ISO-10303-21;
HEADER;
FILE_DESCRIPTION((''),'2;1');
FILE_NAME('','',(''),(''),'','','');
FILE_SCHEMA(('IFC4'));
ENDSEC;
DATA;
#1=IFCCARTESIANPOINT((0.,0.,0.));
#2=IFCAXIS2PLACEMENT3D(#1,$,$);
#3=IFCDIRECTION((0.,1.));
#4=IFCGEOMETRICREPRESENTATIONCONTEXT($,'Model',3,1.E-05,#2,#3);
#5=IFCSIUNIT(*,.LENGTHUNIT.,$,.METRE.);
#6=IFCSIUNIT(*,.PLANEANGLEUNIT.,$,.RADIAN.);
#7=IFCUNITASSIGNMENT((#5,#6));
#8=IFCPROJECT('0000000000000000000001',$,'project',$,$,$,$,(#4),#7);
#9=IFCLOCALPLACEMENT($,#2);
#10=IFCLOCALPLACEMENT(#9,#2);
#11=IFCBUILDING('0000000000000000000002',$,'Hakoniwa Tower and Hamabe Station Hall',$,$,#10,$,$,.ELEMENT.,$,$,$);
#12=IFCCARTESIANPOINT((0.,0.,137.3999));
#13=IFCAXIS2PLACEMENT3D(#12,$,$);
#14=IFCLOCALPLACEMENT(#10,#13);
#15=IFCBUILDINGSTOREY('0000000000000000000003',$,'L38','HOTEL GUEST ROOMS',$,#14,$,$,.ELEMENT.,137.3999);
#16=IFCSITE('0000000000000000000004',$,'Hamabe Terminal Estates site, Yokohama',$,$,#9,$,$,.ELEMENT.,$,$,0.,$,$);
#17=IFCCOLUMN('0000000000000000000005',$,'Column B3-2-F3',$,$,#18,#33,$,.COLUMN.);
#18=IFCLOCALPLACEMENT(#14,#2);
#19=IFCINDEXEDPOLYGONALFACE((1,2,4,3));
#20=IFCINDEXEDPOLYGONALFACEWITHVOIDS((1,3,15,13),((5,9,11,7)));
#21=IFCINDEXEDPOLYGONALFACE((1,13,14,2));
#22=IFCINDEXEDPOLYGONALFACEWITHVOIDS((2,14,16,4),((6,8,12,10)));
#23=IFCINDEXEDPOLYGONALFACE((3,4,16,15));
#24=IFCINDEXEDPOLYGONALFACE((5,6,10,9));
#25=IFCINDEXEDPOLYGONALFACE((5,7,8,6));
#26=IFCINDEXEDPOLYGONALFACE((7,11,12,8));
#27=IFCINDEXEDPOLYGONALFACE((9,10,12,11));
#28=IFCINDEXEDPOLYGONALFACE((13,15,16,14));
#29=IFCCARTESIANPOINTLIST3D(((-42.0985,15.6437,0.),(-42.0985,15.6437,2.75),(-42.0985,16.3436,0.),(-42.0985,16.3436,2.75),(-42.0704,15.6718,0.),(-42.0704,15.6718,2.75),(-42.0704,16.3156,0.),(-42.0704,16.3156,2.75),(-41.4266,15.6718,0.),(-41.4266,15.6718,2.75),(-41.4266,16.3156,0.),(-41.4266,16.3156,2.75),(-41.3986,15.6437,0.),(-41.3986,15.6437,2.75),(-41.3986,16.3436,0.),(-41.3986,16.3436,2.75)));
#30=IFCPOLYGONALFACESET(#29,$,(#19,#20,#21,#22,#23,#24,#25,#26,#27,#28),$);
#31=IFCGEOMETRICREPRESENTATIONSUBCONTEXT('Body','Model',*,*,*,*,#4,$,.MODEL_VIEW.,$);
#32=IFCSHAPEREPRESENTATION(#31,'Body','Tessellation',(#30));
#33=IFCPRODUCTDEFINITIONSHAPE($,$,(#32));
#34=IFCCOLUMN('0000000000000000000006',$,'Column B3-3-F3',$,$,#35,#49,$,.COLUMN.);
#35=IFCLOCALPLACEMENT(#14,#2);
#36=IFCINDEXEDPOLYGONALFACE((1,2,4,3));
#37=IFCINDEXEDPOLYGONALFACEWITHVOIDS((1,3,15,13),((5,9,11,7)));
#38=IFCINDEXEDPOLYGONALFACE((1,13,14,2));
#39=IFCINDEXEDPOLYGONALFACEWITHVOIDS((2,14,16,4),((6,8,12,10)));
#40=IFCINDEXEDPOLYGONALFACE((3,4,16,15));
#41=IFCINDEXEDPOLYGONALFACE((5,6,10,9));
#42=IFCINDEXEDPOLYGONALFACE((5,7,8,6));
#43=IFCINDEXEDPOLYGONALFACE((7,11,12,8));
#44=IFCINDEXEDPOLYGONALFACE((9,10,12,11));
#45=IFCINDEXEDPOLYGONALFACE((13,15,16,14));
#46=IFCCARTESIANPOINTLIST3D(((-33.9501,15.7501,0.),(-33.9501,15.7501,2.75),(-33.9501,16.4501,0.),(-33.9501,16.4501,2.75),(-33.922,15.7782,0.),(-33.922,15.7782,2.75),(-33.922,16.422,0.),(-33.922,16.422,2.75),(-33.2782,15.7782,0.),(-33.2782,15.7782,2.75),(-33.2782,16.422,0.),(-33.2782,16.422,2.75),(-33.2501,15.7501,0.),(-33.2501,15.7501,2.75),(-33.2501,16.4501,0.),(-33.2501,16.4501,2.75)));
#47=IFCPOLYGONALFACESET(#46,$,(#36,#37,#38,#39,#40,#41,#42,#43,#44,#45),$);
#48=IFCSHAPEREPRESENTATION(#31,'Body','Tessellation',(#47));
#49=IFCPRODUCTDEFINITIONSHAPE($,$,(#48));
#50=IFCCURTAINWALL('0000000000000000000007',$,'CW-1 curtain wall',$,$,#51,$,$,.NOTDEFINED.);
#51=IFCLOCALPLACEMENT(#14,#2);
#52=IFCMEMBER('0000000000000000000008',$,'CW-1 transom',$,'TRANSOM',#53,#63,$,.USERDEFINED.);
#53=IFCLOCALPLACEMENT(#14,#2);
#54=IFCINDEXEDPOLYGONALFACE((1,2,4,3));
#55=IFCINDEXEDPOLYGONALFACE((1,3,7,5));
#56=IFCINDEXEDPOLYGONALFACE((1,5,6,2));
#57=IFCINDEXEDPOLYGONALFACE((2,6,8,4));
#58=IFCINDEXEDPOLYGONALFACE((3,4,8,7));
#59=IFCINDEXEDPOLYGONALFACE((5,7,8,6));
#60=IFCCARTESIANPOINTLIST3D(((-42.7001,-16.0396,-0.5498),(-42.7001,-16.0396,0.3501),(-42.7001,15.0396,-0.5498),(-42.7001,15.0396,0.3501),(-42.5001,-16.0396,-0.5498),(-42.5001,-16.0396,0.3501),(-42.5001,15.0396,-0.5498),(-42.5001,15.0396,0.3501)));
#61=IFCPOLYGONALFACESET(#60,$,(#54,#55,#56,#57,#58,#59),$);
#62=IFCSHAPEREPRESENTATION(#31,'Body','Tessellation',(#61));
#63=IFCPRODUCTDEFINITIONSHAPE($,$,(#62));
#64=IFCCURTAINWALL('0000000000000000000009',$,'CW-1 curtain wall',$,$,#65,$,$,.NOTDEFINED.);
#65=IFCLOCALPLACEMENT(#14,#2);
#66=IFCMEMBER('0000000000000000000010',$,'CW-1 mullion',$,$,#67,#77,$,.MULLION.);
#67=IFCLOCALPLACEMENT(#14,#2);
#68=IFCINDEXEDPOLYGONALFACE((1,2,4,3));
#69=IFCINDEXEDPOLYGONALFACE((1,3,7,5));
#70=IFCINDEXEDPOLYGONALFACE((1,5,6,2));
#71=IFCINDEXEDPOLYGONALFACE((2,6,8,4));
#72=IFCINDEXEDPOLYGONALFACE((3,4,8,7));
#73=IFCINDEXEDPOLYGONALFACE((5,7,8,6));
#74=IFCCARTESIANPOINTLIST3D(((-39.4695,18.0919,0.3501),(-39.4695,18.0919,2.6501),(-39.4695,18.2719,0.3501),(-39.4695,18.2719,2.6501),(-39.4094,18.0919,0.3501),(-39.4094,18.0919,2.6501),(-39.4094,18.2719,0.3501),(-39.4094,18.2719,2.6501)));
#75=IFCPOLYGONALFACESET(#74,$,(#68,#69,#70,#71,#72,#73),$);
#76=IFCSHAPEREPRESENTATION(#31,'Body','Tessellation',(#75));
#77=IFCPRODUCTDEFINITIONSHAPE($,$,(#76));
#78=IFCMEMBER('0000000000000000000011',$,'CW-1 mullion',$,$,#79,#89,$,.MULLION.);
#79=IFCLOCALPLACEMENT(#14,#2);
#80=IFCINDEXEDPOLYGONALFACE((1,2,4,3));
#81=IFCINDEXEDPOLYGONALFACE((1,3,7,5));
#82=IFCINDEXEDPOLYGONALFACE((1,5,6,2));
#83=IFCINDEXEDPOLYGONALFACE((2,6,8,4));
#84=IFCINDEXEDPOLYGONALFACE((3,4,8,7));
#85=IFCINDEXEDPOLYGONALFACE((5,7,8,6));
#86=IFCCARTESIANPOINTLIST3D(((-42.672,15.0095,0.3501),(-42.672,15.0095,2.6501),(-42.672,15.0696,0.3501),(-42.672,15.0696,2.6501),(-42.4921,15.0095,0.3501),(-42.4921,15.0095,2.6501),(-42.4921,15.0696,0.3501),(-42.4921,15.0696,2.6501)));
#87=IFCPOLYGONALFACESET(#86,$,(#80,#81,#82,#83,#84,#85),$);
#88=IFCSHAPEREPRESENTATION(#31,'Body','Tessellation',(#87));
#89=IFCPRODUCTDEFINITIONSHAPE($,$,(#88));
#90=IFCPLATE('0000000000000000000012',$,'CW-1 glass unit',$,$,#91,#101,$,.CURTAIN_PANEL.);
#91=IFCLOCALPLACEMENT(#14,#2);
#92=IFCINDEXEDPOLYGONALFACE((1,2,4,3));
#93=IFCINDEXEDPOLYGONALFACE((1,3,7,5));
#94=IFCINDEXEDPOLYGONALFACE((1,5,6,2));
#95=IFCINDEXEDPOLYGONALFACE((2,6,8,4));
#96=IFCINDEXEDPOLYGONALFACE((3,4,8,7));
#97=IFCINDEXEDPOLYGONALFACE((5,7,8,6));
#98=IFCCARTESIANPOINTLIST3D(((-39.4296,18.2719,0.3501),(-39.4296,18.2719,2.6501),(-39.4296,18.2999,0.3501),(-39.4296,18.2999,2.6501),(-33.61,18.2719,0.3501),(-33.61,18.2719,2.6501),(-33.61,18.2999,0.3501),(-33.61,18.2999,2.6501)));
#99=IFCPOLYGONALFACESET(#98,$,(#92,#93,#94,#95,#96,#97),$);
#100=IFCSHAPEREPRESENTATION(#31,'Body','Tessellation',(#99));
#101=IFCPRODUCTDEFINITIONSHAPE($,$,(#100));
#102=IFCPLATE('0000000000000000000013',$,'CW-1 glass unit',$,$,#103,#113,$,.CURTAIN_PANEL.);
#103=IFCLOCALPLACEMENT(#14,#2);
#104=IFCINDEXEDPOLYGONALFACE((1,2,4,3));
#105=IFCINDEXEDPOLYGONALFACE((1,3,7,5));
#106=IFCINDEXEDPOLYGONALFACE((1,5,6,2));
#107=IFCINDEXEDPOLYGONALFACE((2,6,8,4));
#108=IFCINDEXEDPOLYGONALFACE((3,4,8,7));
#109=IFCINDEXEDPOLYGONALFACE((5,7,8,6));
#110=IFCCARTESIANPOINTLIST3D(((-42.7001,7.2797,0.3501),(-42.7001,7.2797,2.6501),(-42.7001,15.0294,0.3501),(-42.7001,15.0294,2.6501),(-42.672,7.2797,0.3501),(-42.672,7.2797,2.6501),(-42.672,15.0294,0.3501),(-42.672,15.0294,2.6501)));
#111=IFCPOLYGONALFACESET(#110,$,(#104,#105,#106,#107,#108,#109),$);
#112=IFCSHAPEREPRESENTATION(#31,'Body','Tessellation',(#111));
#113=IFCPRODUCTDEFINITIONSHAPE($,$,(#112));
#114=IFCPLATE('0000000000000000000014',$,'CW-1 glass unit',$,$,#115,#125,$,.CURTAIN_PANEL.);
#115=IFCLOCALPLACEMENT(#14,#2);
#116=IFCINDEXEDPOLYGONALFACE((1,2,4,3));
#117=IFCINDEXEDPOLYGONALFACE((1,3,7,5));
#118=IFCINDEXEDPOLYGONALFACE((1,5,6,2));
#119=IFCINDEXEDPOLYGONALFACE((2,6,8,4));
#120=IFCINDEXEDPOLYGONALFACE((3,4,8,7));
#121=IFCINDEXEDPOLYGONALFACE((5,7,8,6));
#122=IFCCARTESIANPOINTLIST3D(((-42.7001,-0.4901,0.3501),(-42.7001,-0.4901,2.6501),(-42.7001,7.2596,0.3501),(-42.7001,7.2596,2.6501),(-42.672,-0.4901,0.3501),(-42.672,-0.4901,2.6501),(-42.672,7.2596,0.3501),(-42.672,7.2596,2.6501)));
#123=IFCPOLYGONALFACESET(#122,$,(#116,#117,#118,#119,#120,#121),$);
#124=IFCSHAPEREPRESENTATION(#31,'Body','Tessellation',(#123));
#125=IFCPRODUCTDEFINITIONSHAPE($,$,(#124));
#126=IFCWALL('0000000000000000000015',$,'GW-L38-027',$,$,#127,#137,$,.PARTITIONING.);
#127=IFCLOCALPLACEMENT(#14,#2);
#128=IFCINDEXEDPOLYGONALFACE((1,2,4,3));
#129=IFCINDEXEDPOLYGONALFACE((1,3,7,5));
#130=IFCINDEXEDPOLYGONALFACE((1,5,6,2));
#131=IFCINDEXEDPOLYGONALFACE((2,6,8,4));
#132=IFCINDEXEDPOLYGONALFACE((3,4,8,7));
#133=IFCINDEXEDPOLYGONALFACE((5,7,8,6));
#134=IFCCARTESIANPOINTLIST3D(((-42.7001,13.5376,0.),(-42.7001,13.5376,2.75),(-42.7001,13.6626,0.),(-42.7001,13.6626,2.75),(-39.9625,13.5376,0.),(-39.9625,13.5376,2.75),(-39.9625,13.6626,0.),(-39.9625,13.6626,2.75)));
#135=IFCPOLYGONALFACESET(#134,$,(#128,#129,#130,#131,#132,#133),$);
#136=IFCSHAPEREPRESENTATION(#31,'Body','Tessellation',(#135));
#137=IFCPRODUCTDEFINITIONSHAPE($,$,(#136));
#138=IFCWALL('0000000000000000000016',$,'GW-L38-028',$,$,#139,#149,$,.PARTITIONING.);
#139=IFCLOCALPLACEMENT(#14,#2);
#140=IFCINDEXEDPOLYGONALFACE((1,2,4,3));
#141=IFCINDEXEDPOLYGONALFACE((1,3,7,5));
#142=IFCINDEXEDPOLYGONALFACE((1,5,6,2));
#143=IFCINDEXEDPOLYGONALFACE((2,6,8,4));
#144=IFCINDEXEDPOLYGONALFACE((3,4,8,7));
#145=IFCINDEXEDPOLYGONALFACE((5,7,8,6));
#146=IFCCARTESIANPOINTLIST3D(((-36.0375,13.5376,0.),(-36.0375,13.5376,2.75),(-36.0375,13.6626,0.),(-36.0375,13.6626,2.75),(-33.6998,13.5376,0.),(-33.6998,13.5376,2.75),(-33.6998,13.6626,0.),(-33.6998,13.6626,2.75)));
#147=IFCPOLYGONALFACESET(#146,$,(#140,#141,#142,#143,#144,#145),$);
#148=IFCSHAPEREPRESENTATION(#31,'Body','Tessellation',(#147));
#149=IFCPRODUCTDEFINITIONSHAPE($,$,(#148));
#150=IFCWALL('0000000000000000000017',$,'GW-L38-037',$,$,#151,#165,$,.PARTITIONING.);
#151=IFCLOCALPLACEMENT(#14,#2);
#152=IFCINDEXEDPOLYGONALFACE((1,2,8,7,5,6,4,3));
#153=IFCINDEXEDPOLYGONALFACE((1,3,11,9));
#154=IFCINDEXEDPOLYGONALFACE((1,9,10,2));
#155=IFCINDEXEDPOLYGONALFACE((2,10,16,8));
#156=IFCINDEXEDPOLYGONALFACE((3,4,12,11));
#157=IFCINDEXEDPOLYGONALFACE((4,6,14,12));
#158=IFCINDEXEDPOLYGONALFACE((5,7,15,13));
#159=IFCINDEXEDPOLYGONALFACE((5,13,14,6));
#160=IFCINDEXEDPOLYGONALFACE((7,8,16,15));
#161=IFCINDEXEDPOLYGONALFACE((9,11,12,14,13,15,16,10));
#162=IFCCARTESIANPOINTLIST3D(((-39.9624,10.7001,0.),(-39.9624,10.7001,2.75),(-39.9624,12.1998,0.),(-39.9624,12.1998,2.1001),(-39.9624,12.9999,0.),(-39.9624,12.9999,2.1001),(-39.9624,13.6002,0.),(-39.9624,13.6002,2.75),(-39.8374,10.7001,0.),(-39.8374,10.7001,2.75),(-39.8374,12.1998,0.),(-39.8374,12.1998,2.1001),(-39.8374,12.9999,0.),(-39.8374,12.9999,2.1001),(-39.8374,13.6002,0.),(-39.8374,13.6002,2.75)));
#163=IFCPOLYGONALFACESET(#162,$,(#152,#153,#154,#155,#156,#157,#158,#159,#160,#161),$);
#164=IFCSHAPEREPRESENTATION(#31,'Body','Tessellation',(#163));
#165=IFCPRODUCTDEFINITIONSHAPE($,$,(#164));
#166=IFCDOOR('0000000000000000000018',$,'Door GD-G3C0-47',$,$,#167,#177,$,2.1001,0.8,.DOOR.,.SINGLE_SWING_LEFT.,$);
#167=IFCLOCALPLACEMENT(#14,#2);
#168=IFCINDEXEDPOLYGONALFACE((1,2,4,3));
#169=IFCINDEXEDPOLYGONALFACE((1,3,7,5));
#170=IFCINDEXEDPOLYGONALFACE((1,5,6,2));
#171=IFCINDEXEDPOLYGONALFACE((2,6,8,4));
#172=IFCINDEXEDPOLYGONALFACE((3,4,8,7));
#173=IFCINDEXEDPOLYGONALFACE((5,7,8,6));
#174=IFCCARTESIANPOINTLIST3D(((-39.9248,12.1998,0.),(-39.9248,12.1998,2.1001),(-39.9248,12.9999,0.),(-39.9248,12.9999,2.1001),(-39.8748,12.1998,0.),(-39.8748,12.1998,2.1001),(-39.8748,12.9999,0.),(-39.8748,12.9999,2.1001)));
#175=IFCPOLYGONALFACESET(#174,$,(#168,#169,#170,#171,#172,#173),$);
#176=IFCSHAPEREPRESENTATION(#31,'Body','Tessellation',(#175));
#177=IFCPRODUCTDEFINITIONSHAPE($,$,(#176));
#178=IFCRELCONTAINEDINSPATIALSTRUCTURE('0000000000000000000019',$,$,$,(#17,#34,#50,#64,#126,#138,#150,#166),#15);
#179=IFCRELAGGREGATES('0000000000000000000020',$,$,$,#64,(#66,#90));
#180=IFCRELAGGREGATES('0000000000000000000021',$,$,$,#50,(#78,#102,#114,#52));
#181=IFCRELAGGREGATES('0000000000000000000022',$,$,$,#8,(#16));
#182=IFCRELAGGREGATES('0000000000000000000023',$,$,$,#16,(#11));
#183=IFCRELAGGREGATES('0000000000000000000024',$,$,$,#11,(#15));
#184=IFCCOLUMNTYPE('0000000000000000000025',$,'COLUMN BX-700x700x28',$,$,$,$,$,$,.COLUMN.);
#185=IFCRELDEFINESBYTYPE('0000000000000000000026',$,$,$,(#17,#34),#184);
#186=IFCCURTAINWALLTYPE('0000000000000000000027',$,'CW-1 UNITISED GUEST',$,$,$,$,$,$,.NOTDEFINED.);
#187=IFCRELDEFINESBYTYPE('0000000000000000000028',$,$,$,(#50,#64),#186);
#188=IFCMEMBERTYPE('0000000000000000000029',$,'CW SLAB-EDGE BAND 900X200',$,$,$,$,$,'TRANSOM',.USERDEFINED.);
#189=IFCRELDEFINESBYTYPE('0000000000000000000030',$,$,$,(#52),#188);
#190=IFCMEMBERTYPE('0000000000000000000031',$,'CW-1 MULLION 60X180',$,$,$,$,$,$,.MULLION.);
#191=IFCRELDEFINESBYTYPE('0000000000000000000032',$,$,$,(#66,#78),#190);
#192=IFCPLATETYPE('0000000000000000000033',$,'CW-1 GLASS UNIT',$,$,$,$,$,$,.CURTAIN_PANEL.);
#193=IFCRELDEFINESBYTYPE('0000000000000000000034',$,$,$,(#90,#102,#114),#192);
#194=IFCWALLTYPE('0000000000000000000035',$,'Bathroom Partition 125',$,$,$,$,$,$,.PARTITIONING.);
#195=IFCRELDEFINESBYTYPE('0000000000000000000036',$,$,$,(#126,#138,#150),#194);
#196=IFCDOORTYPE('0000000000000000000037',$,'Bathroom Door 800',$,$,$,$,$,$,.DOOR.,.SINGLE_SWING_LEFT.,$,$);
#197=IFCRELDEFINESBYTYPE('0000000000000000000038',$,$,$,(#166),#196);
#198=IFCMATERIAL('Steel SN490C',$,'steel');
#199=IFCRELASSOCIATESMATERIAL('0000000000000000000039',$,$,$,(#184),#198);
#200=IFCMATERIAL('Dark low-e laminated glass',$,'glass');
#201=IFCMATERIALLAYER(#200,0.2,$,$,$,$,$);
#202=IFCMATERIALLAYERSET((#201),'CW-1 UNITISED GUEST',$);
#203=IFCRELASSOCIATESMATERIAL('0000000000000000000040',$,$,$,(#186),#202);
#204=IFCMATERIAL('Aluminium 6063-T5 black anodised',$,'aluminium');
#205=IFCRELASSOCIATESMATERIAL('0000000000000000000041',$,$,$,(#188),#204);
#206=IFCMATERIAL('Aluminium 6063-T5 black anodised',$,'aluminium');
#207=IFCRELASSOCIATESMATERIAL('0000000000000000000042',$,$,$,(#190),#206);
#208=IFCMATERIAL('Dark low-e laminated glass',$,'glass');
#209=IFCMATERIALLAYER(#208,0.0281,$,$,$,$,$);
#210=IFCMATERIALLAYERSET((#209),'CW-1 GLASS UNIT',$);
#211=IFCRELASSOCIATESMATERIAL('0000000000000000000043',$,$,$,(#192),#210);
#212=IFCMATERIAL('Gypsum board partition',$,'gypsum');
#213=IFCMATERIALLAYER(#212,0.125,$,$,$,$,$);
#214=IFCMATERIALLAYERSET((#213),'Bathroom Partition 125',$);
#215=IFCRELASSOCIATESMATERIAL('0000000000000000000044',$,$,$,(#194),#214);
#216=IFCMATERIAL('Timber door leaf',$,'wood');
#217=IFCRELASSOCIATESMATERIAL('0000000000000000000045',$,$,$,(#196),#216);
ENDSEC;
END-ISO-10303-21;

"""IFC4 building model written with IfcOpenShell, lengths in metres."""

from ifc_helpers import new_model, si_unit, direction, frame, frame_2d, origin, origin_2d, place, context, subcontext, project, spatial, rectangle, hollow_rectangle, extrude, material, layer, layer_set, material_profile, profile_set, type_object, element, fill, aggregate, save


model = new_model("IFC4")

# Units and contexts
model_context = context("Model", 3, precision=1e-05, world=origin(), true_north=direction((0.0, 1.0)))
body_context = subcontext(model_context, "Body", "Model", "MODEL_VIEW")
ifc_project = project(units=[si_unit("LENGTHUNIT", "METRE"), si_unit("PLANEANGLEUNIT", "RADIAN")], contexts=[model_context])

# Site, building, storey
site_placement = place(None, origin())
site = spatial("IfcSite", under=ifc_project, at=site_placement, Name="Hamabe Terminal Estates site, Yokohama", CompositionType="ELEMENT", RefElevation=0.0)
building_placement = place(site_placement, origin())
building = spatial("IfcBuilding", under=site, at=building_placement, Name="Hakoniwa Tower and Hamabe Station Hall", CompositionType="ELEMENT")
storey_placement = place(building_placement, frame((0.0, 0.0, 137.3999)))
storey = spatial("IfcBuildingStorey", under=building, at=storey_placement, Name="L38", Description="HOTEL GUEST ROOMS", CompositionType="ELEMENT", Elevation=137.3999)

# Columns
ifc_material_1 = material(Name="Steel SN490C", Category="steel")
ifc_material_profile_1 = material_profile(ifc_material_1, hollow_rectangle(XDim=0.7, YDim=0.7, WallThickness=0.0281, at=origin_2d()), Name="BX-700x700x28")
ifc_profile_set_1 = profile_set([ifc_material_profile_1], Name="Steel SN490C")
column_type = type_object("IfcColumnType", Name="COLUMN BX-700x700x28", PredefinedType="COLUMN", material=ifc_profile_set_1)
for number, where, z_axis, x_axis, name in (
    (1, (-41.7485, 15.9937, 0.0), (0.0, 0.0, 1.0), (1.0, 0.0, 0.0), "Column B3-2-F3"),
    (2, (-33.6001, 16.1001, 0.0), (0.0, 0.0, 1.0), (1.0, 0.0, 0.0), "Column B3-3-F3"),
):
    element("IfcColumn", number, at=place(storey_placement, frame(where, z_axis=z_axis, x_axis=x_axis)), inside=storey, type_object=column_type, Name=name, PredefinedType="COLUMN", context=body_context, shape_type="SweptSolid", body=[
        extrude(hollow_rectangle(XDim=0.7, YDim=0.7, WallThickness=0.0281, at=origin_2d()), origin(), (0.0, 0.0, 1.0), 2.75),
    ])

# Curtain walls, members
ifc_material_2 = material(Name="Dark low-e laminated glass", Category="glass")
ifc_layer_1 = layer(ifc_material_2, 0.2)
ifc_layer_set_1 = layer_set([ifc_layer_1], Name="CW-1 UNITISED GUEST")
curtain_wall_type = type_object("IfcCurtainWallType", Name="CW-1 UNITISED GUEST", PredefinedType="NOTDEFINED", material=ifc_layer_set_1)
curtain_wall_1_placement = place(storey_placement, origin())
curtain_wall_1 = element("IfcCurtainWall", 3, at=curtain_wall_1_placement, inside=storey, type_object=curtain_wall_type, Name="CW-1 curtain wall", PredefinedType="NOTDEFINED")
ifc_material_3 = material(Name="Aluminium 6063-T5 black anodised", Category="aluminium")
ifc_material_profile_2 = material_profile(ifc_material_3, rectangle(XDim=0.2, YDim=0.8999, at=origin_2d()), Name="CW SLAB-EDGE BAND 900X200")
ifc_profile_set_2 = profile_set([ifc_material_profile_2], Name="Aluminium 6063-T5 black anodised")
member_type_1 = type_object("IfcMemberType", Name="CW SLAB-EDGE BAND 900X200", ElementType="TRANSOM", PredefinedType="USERDEFINED", material=ifc_profile_set_2)
member_1_placement = place(storey_placement, frame((-42.6001, 15.0396, -0.0999), z_axis=(0.0, -1.0, 0.0), x_axis=(1.0, 0.0, 0.0)))
member_1 = element("IfcMember", 4, at=member_1_placement, type_object=member_type_1, Name="CW-1 transom", ObjectType="TRANSOM", PredefinedType="USERDEFINED", context=body_context, shape_type="SweptSolid", body=[
    extrude(rectangle(XDim=0.2, YDim=0.8999, at=origin_2d()), origin(), (0.0, 0.0, 1.0), 31.0791),
])
curtain_wall_2_placement = place(storey_placement, origin())
curtain_wall_2 = element("IfcCurtainWall", 5, at=curtain_wall_2_placement, inside=storey, type_object=curtain_wall_type, Name="CW-1 curtain wall", PredefinedType="NOTDEFINED")
ifc_material_4 = material(Name="Aluminium 6063-T5 black anodised", Category="aluminium")
ifc_material_profile_3 = material_profile(ifc_material_4, rectangle(XDim=0.0601, YDim=0.1799, at=origin_2d()), Name="CW-1 MULLION 60X180")
ifc_profile_set_3 = profile_set([ifc_material_profile_3], Name="Aluminium 6063-T5 black anodised")
member_type_2 = type_object("IfcMemberType", Name="CW-1 MULLION 60X180", PredefinedType="MULLION", material=ifc_profile_set_3)
member_2_placement = place(storey_placement, frame((-39.4395, 18.1819, 0.3501), z_axis=(0.0, 0.0, 1.0), x_axis=(-1.0, 0.0, 0.0)))
member_2 = element("IfcMember", 6, at=member_2_placement, type_object=member_type_2, Name="CW-1 mullion", PredefinedType="MULLION", context=body_context, shape_type="SweptSolid", body=[
    extrude(rectangle(XDim=0.0601, YDim=0.1799, at=origin_2d()), origin(), (0.0, 0.0, 1.0), 2.3),
])

# Member
member_3_placement = place(storey_placement, frame((-42.582, 15.0396, 0.3501), z_axis=(0.0, 0.0, 1.0), x_axis=(0.0, -1.0, 0.0)))
member_3 = element("IfcMember", 7, at=member_3_placement, type_object=member_type_2, Name="CW-1 mullion", PredefinedType="MULLION", context=body_context, shape_type="SweptSolid", body=[
    extrude(rectangle(XDim=0.0601, YDim=0.1799, at=origin_2d()), origin(), (0.0, 0.0, 1.0), 2.3),
])

# Plates
ifc_material_5 = material(Name="Dark low-e laminated glass", Category="glass")
ifc_layer_2 = layer(ifc_material_5, 0.0281)
ifc_layer_set_2 = layer_set([ifc_layer_2], Name="CW-1 GLASS UNIT")
plate_type = type_object("IfcPlateType", Name="CW-1 GLASS UNIT", PredefinedType="CURTAIN_PANEL", material=ifc_layer_set_2)
plate_1_placement = place(storey_placement, frame((-36.5198, 18.2859, 0.3501), z_axis=(0.0, 0.0, 1.0), x_axis=(-1.0, 0.0, 0.0)))
plate_1 = element("IfcPlate", 8, at=plate_1_placement, type_object=plate_type, Name="CW-1 glass unit", PredefinedType="CURTAIN_PANEL", context=body_context, shape_type="SweptSolid", body=[
    extrude(rectangle(XDim=5.8196, YDim=0.0281, at=origin_2d()), origin(), (0.0, 0.0, 1.0), 2.3),
])
aggregate(curtain_wall_2, [member_2, plate_1])
plate_2_placement = place(storey_placement, frame((-42.686, 11.1545, 0.3501), z_axis=(0.0, 0.0, 1.0), x_axis=(0.0, -1.0, 0.0)))
plate_2 = element("IfcPlate", 9, at=plate_2_placement, type_object=plate_type, Name="CW-1 glass unit", PredefinedType="CURTAIN_PANEL", context=body_context, shape_type="SweptSolid", body=[
    extrude(rectangle(XDim=7.7498, YDim=0.0281, at=origin_2d()), origin(), (0.0, 0.0, 1.0), 2.3),
])
plate_3_placement = place(storey_placement, frame((-42.686, 3.3848, 0.3501), z_axis=(0.0, 0.0, 1.0), x_axis=(0.0, -1.0, 0.0)))
plate_3 = element("IfcPlate", 10, at=plate_3_placement, type_object=plate_type, Name="CW-1 glass unit", PredefinedType="CURTAIN_PANEL", context=body_context, shape_type="SweptSolid", body=[
    extrude(rectangle(XDim=7.7498, YDim=0.0281, at=origin_2d()), origin(), (0.0, 0.0, 1.0), 2.3),
])
aggregate(curtain_wall_1, [member_3, plate_2, plate_3, member_1])

# Walls
ifc_material_6 = material(Name="Gypsum board partition", Category="gypsum")
ifc_layer_3 = layer(ifc_material_6, 0.125)
ifc_layer_set_3 = layer_set([ifc_layer_3], Name="Bathroom Partition 125")
wall_type_1 = type_object("IfcWallType", Name="Bathroom Partition 125", PredefinedType="PARTITIONING", material=ifc_layer_set_3)
wall_1_placement = place(storey_placement, frame((-42.7, 13.6001, 0.0), z_axis=(0.0, 0.0, 1.0), x_axis=(1.0, 0.0, 0.0)))
element("IfcWall", 11, at=wall_1_placement, inside=storey, type_object=wall_type_1, Name="GW-L38-027", PredefinedType="PARTITIONING", context=body_context, shape_type="SweptSolid", body=[
    extrude(rectangle(XDim=2.7375, YDim=0.125, at=frame_2d((1.3687, 0.0))), origin(), (0.0, 0.0, 1.0), 2.75),
])
wall_2_placement = place(storey_placement, frame((-36.0376, 13.6001, 0.0), z_axis=(0.0, 0.0, 1.0), x_axis=(1.0, 0.0, 0.0)))
element("IfcWall", 12, at=wall_2_placement, inside=storey, type_object=wall_type_1, Name="GW-L38-028", PredefinedType="PARTITIONING", context=body_context, shape_type="SweptSolid", body=[
    extrude(rectangle(XDim=2.3376, YDim=0.125, at=frame_2d((1.1689, 0.0))), origin(), (0.0, 0.0, 1.0), 2.75),
])

# Wall, opening, door
wall_3_placement = place(storey_placement, frame((-39.8999, 10.7, 0.0), z_axis=(0.0, 0.0, 1.0), x_axis=(0.0, 1.0, 0.0)))
wall_3 = element("IfcWall", 13, at=wall_3_placement, inside=storey, type_object=wall_type_1, Name="GW-L38-037", PredefinedType="PARTITIONING", context=body_context, shape_type="SweptSolid", body=[
    extrude(rectangle(XDim=2.9001, YDim=0.125, at=frame_2d((1.4502, 0.0))), origin(), (0.0, 0.0, 1.0), 2.75),
])
opening_1_placement = place(wall_3_placement, frame((1.5, 0.0, 0.0)))
opening_1 = element("IfcOpeningElement", 14, at=opening_1_placement, cuts=wall_3, PredefinedType="OPENING", context=body_context, shape_type="SweptSolid", body=[
    extrude(rectangle(XDim=0.8, YDim=2.1001, at=frame_2d((0.3999, 1.05))), frame((0.0, 0.0725, 0.0), z_axis=(0.0, -1.0, 0.0), x_axis=(1.0, 0.0, 0.0)), (0.0, 0.0, 1.0), 0.145),
])
ifc_material_7 = material(Name="Timber door leaf", Category="wood")
door_type_1 = type_object("IfcDoorType", Name="Bathroom Door 800", OperationType="SINGLE_SWING_LEFT", PredefinedType="DOOR", material=ifc_material_7)
door_1_placement = place(opening_1_placement, origin())
door_1 = element("IfcDoor", 15, at=door_1_placement, inside=storey, type_object=door_type_1, Name="Door GD-G3C0-47", OperationType="SINGLE_SWING_LEFT", OverallHeight=2.1001, OverallWidth=0.8, PredefinedType="DOOR", context=body_context, shape_type="SweptSolid", body=[
    extrude(rectangle(XDim=0.8, YDim=2.1001, at=frame_2d((0.3999, 1.05))), frame((0.0, 0.0249, 0.0), z_axis=(0.0, -1.0, 0.0), x_axis=(1.0, 0.0, 0.0)), (0.0, 0.0, 1.0), 0.05),
])
fill(opening_1, door_1)

save(model, "model.ifc")
